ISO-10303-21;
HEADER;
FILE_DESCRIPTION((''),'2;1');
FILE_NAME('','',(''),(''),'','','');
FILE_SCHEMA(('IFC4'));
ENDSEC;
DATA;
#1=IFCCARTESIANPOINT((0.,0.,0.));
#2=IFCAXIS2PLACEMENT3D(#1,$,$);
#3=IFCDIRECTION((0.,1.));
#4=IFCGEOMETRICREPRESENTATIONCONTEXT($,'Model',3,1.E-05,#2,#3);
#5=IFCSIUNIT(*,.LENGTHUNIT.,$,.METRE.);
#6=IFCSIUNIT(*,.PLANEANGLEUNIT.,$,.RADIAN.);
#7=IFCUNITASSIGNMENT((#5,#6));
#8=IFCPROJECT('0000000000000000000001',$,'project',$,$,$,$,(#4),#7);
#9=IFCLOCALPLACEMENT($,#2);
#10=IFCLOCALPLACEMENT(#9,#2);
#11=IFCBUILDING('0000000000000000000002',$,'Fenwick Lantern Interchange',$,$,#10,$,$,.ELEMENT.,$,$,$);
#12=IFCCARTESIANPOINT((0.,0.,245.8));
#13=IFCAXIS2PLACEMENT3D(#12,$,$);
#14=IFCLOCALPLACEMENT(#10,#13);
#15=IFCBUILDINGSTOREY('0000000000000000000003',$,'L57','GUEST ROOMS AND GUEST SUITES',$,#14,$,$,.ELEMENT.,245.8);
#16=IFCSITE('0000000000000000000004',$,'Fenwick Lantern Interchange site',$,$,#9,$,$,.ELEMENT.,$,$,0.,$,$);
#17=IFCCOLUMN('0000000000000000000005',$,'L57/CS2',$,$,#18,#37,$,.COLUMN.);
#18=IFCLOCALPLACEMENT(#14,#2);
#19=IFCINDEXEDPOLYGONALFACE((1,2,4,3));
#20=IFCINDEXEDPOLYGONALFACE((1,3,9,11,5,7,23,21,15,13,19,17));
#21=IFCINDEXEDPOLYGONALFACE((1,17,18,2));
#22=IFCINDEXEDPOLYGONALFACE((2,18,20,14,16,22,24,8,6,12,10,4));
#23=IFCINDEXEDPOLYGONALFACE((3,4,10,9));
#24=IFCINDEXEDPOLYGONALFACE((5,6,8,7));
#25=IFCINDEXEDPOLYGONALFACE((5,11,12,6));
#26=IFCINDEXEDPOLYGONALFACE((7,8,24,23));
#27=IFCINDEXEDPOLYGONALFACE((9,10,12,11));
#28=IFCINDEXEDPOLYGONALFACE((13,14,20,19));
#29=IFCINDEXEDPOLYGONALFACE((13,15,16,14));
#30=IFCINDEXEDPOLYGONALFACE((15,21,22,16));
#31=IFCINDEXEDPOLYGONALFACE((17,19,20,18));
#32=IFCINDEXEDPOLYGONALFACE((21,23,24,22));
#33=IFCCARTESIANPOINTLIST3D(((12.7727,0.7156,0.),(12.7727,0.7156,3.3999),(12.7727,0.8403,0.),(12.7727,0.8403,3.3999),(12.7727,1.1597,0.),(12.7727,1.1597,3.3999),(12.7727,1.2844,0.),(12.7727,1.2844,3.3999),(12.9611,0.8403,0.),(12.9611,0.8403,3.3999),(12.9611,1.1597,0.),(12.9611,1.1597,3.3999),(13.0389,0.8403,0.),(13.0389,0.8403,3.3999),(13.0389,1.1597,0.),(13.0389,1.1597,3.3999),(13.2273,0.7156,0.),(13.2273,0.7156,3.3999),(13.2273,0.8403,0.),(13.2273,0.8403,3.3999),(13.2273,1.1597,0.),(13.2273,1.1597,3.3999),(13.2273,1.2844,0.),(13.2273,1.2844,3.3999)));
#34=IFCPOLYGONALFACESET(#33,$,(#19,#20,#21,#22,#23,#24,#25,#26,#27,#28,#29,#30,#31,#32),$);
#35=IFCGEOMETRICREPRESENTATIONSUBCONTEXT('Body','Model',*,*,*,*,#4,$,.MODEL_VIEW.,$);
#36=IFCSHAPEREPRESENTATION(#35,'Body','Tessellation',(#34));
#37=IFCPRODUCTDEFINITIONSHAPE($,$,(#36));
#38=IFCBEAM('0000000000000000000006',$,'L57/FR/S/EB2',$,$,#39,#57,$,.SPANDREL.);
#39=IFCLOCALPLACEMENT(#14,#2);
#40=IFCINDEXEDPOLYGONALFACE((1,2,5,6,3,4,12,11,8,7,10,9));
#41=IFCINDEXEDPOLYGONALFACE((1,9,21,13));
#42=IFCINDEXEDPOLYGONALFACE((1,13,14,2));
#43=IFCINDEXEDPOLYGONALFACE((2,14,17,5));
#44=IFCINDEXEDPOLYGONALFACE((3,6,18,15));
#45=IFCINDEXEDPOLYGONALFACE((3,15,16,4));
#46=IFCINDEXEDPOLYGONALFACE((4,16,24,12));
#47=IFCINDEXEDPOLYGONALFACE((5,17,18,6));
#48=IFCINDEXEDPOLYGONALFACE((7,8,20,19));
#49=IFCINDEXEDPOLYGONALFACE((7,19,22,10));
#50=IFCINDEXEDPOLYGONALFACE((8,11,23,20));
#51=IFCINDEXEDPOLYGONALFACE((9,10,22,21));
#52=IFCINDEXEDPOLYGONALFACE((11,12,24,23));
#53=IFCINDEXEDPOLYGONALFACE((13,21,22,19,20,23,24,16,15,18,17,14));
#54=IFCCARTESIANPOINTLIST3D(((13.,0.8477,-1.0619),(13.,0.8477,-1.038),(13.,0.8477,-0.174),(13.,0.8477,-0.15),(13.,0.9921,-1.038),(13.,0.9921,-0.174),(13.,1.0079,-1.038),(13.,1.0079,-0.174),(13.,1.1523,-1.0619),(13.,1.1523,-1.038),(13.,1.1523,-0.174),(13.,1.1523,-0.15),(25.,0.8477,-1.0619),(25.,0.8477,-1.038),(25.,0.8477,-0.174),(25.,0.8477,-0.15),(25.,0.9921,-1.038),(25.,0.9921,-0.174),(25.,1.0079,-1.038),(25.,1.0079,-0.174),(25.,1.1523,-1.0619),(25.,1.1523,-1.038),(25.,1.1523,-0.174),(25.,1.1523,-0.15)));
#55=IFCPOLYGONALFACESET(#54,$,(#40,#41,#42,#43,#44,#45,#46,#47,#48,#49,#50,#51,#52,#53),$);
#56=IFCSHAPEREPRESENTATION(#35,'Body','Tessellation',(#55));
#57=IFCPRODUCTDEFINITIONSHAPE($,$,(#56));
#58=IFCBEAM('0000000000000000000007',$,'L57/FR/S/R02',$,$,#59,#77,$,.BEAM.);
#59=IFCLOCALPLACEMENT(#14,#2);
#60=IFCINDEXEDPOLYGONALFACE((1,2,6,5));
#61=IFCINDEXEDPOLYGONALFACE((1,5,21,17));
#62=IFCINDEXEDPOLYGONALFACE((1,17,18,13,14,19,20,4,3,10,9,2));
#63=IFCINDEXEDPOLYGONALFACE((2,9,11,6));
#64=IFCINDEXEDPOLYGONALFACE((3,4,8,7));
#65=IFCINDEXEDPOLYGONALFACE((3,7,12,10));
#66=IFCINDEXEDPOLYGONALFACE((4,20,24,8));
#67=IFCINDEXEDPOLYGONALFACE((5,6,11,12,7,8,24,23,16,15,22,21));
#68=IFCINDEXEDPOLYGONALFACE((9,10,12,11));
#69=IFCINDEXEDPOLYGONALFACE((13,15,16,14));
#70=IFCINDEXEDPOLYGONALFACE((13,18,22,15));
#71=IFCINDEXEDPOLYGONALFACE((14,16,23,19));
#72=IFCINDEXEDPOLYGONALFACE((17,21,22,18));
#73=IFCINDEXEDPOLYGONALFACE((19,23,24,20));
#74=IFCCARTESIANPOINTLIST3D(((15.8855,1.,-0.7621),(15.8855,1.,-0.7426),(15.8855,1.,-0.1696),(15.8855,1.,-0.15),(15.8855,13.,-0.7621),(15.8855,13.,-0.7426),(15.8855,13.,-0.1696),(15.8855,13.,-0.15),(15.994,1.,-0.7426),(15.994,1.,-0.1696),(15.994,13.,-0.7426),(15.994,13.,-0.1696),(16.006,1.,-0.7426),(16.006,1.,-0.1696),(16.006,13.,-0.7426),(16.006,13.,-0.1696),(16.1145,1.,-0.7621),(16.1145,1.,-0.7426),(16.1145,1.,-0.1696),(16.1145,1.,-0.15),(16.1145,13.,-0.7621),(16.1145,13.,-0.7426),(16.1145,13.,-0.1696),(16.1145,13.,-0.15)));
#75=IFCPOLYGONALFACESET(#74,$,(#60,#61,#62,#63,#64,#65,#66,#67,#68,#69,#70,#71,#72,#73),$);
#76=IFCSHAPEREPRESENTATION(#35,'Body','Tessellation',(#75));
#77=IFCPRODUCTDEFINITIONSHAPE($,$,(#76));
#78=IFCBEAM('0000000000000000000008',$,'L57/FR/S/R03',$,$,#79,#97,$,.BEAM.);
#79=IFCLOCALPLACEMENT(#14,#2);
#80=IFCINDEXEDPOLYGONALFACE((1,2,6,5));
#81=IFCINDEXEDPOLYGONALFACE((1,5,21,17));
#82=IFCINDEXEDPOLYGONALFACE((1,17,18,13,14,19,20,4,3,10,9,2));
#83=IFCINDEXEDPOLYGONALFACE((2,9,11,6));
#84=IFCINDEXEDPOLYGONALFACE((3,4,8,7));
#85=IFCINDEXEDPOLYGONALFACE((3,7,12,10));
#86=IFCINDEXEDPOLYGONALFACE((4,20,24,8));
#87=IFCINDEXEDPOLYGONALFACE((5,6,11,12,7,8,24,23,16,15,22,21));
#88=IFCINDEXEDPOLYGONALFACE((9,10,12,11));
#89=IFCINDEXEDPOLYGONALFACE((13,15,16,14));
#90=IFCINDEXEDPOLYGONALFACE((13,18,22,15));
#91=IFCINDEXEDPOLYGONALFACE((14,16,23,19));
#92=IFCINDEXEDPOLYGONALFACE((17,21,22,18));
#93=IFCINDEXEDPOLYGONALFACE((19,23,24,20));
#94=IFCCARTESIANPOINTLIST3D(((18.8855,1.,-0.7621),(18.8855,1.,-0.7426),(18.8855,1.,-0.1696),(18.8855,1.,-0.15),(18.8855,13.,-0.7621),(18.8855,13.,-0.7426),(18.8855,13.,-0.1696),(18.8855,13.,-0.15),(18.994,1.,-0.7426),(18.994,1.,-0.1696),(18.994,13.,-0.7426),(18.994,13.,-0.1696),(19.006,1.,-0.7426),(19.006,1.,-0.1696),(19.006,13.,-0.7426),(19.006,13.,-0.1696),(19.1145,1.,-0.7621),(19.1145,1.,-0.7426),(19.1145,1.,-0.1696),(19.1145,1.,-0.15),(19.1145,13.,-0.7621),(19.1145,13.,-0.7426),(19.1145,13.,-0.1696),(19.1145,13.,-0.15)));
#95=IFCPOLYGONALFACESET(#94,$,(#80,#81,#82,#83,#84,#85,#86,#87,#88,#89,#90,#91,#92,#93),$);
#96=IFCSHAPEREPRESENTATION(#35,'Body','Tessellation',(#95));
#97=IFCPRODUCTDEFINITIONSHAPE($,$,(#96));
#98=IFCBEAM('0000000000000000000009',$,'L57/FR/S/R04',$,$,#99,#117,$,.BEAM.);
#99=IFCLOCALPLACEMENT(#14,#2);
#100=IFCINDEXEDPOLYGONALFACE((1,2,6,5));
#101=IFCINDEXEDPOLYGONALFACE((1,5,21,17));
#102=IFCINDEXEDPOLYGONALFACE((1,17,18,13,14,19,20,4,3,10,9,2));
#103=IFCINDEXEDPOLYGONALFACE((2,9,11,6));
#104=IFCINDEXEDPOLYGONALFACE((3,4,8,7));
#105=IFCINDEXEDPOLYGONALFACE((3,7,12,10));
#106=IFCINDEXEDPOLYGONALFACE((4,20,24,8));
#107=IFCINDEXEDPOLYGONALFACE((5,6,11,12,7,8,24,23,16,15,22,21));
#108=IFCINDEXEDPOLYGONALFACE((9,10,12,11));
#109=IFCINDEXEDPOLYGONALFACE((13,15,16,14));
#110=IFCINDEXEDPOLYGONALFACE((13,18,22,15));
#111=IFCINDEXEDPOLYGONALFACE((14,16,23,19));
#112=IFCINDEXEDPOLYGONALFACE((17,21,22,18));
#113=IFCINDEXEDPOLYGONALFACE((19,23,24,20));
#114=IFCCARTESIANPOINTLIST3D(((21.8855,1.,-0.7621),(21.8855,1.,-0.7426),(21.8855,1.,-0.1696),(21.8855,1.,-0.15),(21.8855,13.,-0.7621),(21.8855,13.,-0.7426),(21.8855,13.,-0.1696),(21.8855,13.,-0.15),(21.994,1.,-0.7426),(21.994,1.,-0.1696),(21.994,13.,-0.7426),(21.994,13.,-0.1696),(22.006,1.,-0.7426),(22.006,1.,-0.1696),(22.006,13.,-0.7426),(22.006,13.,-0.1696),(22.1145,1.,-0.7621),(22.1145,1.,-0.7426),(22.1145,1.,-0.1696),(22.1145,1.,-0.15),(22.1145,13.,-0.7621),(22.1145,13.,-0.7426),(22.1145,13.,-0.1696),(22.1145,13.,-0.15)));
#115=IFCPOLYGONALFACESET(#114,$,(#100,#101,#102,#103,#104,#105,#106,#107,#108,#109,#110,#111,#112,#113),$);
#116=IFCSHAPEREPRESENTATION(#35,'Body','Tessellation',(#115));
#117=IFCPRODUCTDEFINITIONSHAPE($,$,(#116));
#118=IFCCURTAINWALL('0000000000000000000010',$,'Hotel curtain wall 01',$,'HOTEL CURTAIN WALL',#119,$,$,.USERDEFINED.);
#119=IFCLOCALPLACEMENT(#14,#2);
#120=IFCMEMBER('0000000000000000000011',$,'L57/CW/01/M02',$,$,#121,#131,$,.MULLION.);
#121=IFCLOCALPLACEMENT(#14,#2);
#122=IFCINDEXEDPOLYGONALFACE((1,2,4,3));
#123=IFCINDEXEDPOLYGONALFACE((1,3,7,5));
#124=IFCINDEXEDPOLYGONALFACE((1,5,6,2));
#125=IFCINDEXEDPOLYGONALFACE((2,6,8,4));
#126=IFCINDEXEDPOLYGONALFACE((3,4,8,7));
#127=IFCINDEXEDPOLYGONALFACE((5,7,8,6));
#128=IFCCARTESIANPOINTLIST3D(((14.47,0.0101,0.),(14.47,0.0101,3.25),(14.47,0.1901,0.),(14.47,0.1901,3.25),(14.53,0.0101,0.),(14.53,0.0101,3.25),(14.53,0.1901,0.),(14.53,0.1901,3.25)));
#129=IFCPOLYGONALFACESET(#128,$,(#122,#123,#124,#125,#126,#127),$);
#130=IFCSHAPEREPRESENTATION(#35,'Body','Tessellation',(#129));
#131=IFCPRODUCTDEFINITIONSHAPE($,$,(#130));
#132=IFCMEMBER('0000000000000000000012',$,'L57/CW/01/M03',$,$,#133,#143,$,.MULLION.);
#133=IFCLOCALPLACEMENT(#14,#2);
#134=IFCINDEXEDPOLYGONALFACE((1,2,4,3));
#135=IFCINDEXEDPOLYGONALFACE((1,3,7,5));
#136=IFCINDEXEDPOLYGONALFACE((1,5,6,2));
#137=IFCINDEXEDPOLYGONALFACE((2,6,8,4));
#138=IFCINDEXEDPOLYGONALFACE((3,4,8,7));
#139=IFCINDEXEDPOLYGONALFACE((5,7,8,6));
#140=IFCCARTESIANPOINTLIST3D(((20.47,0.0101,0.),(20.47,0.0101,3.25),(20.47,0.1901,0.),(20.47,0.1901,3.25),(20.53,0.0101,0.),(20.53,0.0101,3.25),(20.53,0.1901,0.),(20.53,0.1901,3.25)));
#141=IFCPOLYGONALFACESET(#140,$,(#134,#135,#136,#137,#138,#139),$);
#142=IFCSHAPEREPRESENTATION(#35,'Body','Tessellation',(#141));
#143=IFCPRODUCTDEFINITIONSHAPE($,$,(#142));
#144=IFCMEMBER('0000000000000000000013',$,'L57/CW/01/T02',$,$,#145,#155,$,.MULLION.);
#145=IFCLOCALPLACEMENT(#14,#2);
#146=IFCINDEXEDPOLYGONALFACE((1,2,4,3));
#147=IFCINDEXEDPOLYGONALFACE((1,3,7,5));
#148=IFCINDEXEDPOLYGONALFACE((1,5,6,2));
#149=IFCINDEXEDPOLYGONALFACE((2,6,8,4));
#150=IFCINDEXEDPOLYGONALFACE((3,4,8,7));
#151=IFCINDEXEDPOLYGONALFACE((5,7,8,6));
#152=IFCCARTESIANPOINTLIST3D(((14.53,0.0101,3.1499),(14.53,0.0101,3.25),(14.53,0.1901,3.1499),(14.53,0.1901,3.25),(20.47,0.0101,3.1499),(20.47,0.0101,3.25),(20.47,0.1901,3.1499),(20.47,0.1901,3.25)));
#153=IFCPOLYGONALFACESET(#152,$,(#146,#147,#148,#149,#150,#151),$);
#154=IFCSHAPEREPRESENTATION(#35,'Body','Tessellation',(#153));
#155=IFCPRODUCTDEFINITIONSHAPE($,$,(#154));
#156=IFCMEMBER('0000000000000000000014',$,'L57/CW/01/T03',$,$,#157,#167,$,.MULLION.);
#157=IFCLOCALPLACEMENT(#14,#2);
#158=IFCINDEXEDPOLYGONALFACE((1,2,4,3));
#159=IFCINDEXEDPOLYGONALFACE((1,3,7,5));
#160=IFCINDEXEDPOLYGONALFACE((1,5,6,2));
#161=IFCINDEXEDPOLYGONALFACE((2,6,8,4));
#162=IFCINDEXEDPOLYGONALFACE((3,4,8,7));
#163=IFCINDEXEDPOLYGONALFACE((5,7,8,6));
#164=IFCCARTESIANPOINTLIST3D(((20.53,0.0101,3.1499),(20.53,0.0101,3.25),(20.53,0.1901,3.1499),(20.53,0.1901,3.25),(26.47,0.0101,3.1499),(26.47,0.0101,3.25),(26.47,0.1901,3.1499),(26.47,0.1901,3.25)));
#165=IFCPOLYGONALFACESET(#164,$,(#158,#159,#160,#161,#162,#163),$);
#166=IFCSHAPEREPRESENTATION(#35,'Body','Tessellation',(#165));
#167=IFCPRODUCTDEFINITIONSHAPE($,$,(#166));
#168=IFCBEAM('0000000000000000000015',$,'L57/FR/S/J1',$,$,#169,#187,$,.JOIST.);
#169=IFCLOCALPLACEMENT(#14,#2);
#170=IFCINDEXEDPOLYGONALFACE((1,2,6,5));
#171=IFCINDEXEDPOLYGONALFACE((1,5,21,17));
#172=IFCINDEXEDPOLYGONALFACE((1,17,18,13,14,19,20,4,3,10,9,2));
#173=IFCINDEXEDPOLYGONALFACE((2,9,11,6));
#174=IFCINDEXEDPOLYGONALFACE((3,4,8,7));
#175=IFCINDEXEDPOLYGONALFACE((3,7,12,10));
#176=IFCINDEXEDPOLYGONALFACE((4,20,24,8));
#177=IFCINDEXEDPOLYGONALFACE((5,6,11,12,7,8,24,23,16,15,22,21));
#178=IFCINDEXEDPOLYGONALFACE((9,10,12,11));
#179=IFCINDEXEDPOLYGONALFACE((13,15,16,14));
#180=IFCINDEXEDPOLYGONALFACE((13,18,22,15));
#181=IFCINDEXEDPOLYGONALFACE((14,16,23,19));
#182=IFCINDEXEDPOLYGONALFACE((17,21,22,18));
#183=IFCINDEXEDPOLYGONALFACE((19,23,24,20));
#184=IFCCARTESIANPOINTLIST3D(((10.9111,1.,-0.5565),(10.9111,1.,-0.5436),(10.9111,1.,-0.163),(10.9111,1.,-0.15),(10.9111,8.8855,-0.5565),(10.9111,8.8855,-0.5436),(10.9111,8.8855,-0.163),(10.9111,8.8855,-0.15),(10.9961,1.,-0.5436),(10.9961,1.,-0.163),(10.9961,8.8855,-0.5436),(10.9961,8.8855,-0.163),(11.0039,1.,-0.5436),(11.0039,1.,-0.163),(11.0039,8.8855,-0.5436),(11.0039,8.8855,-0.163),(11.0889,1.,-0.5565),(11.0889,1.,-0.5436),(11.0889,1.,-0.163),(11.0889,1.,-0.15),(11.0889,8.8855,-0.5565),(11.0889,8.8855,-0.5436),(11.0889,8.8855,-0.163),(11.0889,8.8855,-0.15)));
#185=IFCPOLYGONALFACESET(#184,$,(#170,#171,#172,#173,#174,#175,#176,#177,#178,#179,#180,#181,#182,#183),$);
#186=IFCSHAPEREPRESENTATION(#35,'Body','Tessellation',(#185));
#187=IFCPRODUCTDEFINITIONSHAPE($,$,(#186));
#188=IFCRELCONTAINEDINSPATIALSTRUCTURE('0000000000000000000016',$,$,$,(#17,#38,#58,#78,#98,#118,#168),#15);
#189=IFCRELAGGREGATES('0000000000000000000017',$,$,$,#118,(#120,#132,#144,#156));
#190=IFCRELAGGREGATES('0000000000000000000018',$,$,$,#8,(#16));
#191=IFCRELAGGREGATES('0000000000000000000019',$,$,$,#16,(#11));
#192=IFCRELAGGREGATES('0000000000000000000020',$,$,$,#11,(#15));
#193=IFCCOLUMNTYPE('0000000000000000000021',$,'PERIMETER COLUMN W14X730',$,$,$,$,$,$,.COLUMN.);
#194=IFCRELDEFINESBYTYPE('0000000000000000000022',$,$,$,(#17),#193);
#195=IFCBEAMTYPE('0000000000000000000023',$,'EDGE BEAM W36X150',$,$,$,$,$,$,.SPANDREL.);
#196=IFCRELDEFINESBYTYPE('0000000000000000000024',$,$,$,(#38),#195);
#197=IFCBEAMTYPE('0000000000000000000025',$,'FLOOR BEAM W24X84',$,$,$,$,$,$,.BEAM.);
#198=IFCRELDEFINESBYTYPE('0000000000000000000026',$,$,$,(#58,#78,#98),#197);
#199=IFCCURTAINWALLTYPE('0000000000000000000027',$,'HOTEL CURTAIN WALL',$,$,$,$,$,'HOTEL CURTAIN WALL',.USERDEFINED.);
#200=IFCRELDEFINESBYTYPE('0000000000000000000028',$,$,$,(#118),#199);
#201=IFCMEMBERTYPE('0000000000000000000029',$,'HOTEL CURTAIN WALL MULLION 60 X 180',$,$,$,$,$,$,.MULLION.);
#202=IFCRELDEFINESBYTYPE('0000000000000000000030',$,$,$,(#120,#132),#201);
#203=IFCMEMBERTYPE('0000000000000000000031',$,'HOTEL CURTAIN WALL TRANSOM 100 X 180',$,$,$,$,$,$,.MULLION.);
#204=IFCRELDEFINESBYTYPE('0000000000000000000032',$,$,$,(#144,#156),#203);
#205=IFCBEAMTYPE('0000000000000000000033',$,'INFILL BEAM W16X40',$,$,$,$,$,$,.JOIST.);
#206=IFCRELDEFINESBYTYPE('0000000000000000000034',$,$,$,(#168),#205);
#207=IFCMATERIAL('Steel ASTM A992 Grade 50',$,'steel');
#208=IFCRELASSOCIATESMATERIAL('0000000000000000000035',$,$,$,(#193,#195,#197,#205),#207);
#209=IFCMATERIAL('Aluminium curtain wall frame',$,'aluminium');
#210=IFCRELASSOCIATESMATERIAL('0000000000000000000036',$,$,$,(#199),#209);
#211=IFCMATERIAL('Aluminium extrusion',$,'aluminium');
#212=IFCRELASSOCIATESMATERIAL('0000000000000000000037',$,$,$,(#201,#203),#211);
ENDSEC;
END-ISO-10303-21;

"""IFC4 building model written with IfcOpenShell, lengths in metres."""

from ifc_helpers import new_model, si_unit, direction, frame, origin, origin_2d, place, context, subcontext, project, spatial, rectangle, i_section, extrude, material, material_profile, profile_set, type_object, element, aggregate, save


model = new_model("IFC4")

# Units and contexts
model_context = context("Model", 3, precision=1e-05, world=origin(), true_north=direction((0.0, 1.0)))
body_context = subcontext(model_context, "Body", "Model", "MODEL_VIEW")
ifc_project = project(units=[si_unit("LENGTHUNIT", "METRE"), si_unit("PLANEANGLEUNIT", "RADIAN")], contexts=[model_context])

# Site, building, storey
site_placement = place(None, origin())
site = spatial("IfcSite", under=ifc_project, at=site_placement, Name="Fenwick Lantern Interchange site", CompositionType="ELEMENT", RefElevation=0.0)
building_placement = place(site_placement, origin())
building = spatial("IfcBuilding", under=site, at=building_placement, Name="Fenwick Lantern Interchange", CompositionType="ELEMENT")
storey_placement = place(building_placement, frame((0.0, 0.0, 245.8)))
storey = spatial("IfcBuildingStorey", under=building, at=storey_placement, Name="L57", Description="GUEST ROOMS AND GUEST SUITES", CompositionType="ELEMENT", Elevation=245.8)

# Column
ifc_material_1 = material(Name="Steel ASTM A992 Grade 50", Category="steel")
ifc_material_profile_1 = material_profile(ifc_material_1, i_section(OverallWidth=0.4546, OverallDepth=0.5688, WebThickness=0.0779, FlangeThickness=0.1248, at=origin_2d()), Name="W14X730")
ifc_profile_set_1 = profile_set([ifc_material_profile_1], Name="Steel ASTM A992 Grade 50")
column_type = type_object("IfcColumnType", Name="PERIMETER COLUMN W14X730", PredefinedType="COLUMN", material=ifc_profile_set_1)
column_placement = place(storey_placement, frame((13.0, 1.0, 0.0), z_axis=(0.0, 0.0, 1.0), x_axis=(1.0, 0.0, 0.0)))
element("IfcColumn", 1, at=column_placement, inside=storey, type_object=column_type, Name="L57/CS2", PredefinedType="COLUMN", context=body_context, shape_type="SweptSolid", body=[
    extrude(i_section(OverallWidth=0.4546, OverallDepth=0.5688, WebThickness=0.0779, FlangeThickness=0.1248, at=origin_2d()), origin(), (0.0, 0.0, 1.0), 3.3999),
])

# Beams
ifc_material_profile_2 = material_profile(ifc_material_1, i_section(OverallWidth=0.3047, OverallDepth=0.9119, WebThickness=0.0159, FlangeThickness=0.0239, at=origin_2d()), Name="W36X150")
ifc_profile_set_2 = profile_set([ifc_material_profile_2], Name="Steel ASTM A992 Grade 50")
beam_type_1 = type_object("IfcBeamType", Name="EDGE BEAM W36X150", PredefinedType="SPANDREL", material=ifc_profile_set_2)
beam_1_placement = place(storey_placement, frame((13.0, 1.0, -0.606), z_axis=(1.0, 0.0, 0.0), x_axis=(0.0, 1.0, 0.0)))
element("IfcBeam", 2, at=beam_1_placement, inside=storey, type_object=beam_type_1, Name="L57/FR/S/EB2", PredefinedType="SPANDREL", context=body_context, shape_type="SweptSolid", body=[
    extrude(i_section(OverallWidth=0.3047, OverallDepth=0.9119, WebThickness=0.0159, FlangeThickness=0.0239, at=origin_2d()), origin(), (0.0, 0.0, 1.0), 12.0),
])
ifc_material_profile_3 = material_profile(ifc_material_1, i_section(OverallWidth=0.229, OverallDepth=0.6121, WebThickness=0.012, FlangeThickness=0.0195, at=origin_2d()), Name="W24X84")
ifc_profile_set_3 = profile_set([ifc_material_profile_3], Name="Steel ASTM A992 Grade 50")
beam_type_2 = type_object("IfcBeamType", Name="FLOOR BEAM W24X84", PredefinedType="BEAM", material=ifc_profile_set_3)
for number, where, z_axis, x_axis, name in (
    (3, (16.0, 1.0, -0.4561), (0.0, 1.0, 0.0), (-1.0, 0.0, 0.0), "L57/FR/S/R02"),
    (4, (19.0, 1.0, -0.4561), (0.0, 1.0, 0.0), (-1.0, 0.0, 0.0), "L57/FR/S/R03"),
    (5, (22.0, 1.0, -0.4561), (0.0, 1.0, 0.0), (-1.0, 0.0, 0.0), "L57/FR/S/R04"),
):
    element("IfcBeam", number, at=place(storey_placement, frame(where, z_axis=z_axis, x_axis=x_axis)), inside=storey, type_object=beam_type_2, Name=name, PredefinedType="BEAM", context=body_context, shape_type="SweptSolid", body=[
        extrude(i_section(OverallWidth=0.229, OverallDepth=0.6121, WebThickness=0.012, FlangeThickness=0.0195, at=origin_2d()), origin(), (0.0, 0.0, 1.0), 12.0),
    ])

# Curtain wall, members
ifc_material_2 = material(Name="Aluminium curtain wall frame", Category="aluminium")
curtain_wall_type = type_object("IfcCurtainWallType", Name="HOTEL CURTAIN WALL", ElementType="HOTEL CURTAIN WALL", PredefinedType="USERDEFINED", material=ifc_material_2)
curtain_wall_placement = place(storey_placement, origin())
curtain_wall = element("IfcCurtainWall", 6, at=curtain_wall_placement, inside=storey, type_object=curtain_wall_type, Name="Hotel curtain wall 01", ObjectType="HOTEL CURTAIN WALL", PredefinedType="USERDEFINED")
ifc_material_3 = material(Name="Aluminium extrusion", Category="aluminium")
ifc_material_profile_4 = material_profile(ifc_material_3, rectangle(XDim=0.1799, YDim=0.0601, at=origin_2d()), Name="HOTEL CURTAIN WALL MULLION 60 X 180")
ifc_profile_set_4 = profile_set([ifc_material_profile_4], Name="Aluminium extrusion")
member_type_1 = type_object("IfcMemberType", Name="HOTEL CURTAIN WALL MULLION 60 X 180", PredefinedType="MULLION", material=ifc_profile_set_4)
member_1_placement = place(storey_placement, frame((14.5, 0.1001, 0.0), z_axis=(0.0, 0.0, 1.0), x_axis=(0.0, 1.0, 0.0)))
member_1 = element("IfcMember", 7, at=member_1_placement, type_object=member_type_1, Name="L57/CW/01/M02", PredefinedType="MULLION", context=body_context, shape_type="SweptSolid", body=[
    extrude(rectangle(XDim=0.1799, YDim=0.0601, at=origin_2d()), origin(), (0.0, 0.0, 1.0), 3.25),
])
member_2_placement = place(storey_placement, frame((20.5, 0.1001, 0.0), z_axis=(0.0, 0.0, 1.0), x_axis=(0.0, 1.0, 0.0)))
member_2 = element("IfcMember", 8, at=member_2_placement, type_object=member_type_1, Name="L57/CW/01/M03", PredefinedType="MULLION", context=body_context, shape_type="SweptSolid", body=[
    extrude(rectangle(XDim=0.1799, YDim=0.0601, at=origin_2d()), origin(), (0.0, 0.0, 1.0), 3.25),
])
ifc_material_profile_5 = material_profile(ifc_material_3, rectangle(XDim=0.1799, YDim=0.1001, at=origin_2d()), Name="HOTEL CURTAIN WALL TRANSOM 100 X 180")
ifc_profile_set_5 = profile_set([ifc_material_profile_5], Name="Aluminium extrusion")
member_type_2 = type_object("IfcMemberType", Name="HOTEL CURTAIN WALL TRANSOM 100 X 180", PredefinedType="MULLION", material=ifc_profile_set_5)
member_3_placement = place(storey_placement, frame((14.53, 0.1001, 3.2), z_axis=(1.0, 0.0, 0.0), x_axis=(0.0, 1.0, 0.0)))
member_3 = element("IfcMember", 9, at=member_3_placement, type_object=member_type_2, Name="L57/CW/01/T02", PredefinedType="MULLION", context=body_context, shape_type="SweptSolid", body=[
    extrude(rectangle(XDim=0.1799, YDim=0.1001, at=origin_2d()), origin(), (0.0, 0.0, 1.0), 5.9399),
])
member_4_placement = place(storey_placement, frame((20.53, 0.1001, 3.2), z_axis=(1.0, 0.0, 0.0), x_axis=(0.0, 1.0, 0.0)))
member_4 = element("IfcMember", 10, at=member_4_placement, type_object=member_type_2, Name="L57/CW/01/T03", PredefinedType="MULLION", context=body_context, shape_type="SweptSolid", body=[
    extrude(rectangle(XDim=0.1799, YDim=0.1001, at=origin_2d()), origin(), (0.0, 0.0, 1.0), 5.9399),
])
aggregate(curtain_wall, [member_1, member_2, member_3, member_4])

# Beam
ifc_material_profile_6 = material_profile(ifc_material_1, i_section(OverallWidth=0.1777, OverallDepth=0.4065, WebThickness=0.0078, FlangeThickness=0.0129, at=origin_2d()), Name="W16X40")
ifc_profile_set_6 = profile_set([ifc_material_profile_6], Name="Steel ASTM A992 Grade 50")
beam_type_3 = type_object("IfcBeamType", Name="INFILL BEAM W16X40", PredefinedType="JOIST", material=ifc_profile_set_6)
beam_2_placement = place(storey_placement, frame((11.0, 1.0, -0.3533), z_axis=(0.0, 1.0, 0.0), x_axis=(-1.0, 0.0, 0.0)))
element("IfcBeam", 11, at=beam_2_placement, inside=storey, type_object=beam_type_3, Name="L57/FR/S/J1", PredefinedType="JOIST", context=body_context, shape_type="SweptSolid", body=[
    extrude(i_section(OverallWidth=0.1777, OverallDepth=0.4065, WebThickness=0.0078, FlangeThickness=0.0129, at=origin_2d()), origin(), (0.0, 0.0, 1.0), 7.8855),
])

save(model, "model.ifc")
